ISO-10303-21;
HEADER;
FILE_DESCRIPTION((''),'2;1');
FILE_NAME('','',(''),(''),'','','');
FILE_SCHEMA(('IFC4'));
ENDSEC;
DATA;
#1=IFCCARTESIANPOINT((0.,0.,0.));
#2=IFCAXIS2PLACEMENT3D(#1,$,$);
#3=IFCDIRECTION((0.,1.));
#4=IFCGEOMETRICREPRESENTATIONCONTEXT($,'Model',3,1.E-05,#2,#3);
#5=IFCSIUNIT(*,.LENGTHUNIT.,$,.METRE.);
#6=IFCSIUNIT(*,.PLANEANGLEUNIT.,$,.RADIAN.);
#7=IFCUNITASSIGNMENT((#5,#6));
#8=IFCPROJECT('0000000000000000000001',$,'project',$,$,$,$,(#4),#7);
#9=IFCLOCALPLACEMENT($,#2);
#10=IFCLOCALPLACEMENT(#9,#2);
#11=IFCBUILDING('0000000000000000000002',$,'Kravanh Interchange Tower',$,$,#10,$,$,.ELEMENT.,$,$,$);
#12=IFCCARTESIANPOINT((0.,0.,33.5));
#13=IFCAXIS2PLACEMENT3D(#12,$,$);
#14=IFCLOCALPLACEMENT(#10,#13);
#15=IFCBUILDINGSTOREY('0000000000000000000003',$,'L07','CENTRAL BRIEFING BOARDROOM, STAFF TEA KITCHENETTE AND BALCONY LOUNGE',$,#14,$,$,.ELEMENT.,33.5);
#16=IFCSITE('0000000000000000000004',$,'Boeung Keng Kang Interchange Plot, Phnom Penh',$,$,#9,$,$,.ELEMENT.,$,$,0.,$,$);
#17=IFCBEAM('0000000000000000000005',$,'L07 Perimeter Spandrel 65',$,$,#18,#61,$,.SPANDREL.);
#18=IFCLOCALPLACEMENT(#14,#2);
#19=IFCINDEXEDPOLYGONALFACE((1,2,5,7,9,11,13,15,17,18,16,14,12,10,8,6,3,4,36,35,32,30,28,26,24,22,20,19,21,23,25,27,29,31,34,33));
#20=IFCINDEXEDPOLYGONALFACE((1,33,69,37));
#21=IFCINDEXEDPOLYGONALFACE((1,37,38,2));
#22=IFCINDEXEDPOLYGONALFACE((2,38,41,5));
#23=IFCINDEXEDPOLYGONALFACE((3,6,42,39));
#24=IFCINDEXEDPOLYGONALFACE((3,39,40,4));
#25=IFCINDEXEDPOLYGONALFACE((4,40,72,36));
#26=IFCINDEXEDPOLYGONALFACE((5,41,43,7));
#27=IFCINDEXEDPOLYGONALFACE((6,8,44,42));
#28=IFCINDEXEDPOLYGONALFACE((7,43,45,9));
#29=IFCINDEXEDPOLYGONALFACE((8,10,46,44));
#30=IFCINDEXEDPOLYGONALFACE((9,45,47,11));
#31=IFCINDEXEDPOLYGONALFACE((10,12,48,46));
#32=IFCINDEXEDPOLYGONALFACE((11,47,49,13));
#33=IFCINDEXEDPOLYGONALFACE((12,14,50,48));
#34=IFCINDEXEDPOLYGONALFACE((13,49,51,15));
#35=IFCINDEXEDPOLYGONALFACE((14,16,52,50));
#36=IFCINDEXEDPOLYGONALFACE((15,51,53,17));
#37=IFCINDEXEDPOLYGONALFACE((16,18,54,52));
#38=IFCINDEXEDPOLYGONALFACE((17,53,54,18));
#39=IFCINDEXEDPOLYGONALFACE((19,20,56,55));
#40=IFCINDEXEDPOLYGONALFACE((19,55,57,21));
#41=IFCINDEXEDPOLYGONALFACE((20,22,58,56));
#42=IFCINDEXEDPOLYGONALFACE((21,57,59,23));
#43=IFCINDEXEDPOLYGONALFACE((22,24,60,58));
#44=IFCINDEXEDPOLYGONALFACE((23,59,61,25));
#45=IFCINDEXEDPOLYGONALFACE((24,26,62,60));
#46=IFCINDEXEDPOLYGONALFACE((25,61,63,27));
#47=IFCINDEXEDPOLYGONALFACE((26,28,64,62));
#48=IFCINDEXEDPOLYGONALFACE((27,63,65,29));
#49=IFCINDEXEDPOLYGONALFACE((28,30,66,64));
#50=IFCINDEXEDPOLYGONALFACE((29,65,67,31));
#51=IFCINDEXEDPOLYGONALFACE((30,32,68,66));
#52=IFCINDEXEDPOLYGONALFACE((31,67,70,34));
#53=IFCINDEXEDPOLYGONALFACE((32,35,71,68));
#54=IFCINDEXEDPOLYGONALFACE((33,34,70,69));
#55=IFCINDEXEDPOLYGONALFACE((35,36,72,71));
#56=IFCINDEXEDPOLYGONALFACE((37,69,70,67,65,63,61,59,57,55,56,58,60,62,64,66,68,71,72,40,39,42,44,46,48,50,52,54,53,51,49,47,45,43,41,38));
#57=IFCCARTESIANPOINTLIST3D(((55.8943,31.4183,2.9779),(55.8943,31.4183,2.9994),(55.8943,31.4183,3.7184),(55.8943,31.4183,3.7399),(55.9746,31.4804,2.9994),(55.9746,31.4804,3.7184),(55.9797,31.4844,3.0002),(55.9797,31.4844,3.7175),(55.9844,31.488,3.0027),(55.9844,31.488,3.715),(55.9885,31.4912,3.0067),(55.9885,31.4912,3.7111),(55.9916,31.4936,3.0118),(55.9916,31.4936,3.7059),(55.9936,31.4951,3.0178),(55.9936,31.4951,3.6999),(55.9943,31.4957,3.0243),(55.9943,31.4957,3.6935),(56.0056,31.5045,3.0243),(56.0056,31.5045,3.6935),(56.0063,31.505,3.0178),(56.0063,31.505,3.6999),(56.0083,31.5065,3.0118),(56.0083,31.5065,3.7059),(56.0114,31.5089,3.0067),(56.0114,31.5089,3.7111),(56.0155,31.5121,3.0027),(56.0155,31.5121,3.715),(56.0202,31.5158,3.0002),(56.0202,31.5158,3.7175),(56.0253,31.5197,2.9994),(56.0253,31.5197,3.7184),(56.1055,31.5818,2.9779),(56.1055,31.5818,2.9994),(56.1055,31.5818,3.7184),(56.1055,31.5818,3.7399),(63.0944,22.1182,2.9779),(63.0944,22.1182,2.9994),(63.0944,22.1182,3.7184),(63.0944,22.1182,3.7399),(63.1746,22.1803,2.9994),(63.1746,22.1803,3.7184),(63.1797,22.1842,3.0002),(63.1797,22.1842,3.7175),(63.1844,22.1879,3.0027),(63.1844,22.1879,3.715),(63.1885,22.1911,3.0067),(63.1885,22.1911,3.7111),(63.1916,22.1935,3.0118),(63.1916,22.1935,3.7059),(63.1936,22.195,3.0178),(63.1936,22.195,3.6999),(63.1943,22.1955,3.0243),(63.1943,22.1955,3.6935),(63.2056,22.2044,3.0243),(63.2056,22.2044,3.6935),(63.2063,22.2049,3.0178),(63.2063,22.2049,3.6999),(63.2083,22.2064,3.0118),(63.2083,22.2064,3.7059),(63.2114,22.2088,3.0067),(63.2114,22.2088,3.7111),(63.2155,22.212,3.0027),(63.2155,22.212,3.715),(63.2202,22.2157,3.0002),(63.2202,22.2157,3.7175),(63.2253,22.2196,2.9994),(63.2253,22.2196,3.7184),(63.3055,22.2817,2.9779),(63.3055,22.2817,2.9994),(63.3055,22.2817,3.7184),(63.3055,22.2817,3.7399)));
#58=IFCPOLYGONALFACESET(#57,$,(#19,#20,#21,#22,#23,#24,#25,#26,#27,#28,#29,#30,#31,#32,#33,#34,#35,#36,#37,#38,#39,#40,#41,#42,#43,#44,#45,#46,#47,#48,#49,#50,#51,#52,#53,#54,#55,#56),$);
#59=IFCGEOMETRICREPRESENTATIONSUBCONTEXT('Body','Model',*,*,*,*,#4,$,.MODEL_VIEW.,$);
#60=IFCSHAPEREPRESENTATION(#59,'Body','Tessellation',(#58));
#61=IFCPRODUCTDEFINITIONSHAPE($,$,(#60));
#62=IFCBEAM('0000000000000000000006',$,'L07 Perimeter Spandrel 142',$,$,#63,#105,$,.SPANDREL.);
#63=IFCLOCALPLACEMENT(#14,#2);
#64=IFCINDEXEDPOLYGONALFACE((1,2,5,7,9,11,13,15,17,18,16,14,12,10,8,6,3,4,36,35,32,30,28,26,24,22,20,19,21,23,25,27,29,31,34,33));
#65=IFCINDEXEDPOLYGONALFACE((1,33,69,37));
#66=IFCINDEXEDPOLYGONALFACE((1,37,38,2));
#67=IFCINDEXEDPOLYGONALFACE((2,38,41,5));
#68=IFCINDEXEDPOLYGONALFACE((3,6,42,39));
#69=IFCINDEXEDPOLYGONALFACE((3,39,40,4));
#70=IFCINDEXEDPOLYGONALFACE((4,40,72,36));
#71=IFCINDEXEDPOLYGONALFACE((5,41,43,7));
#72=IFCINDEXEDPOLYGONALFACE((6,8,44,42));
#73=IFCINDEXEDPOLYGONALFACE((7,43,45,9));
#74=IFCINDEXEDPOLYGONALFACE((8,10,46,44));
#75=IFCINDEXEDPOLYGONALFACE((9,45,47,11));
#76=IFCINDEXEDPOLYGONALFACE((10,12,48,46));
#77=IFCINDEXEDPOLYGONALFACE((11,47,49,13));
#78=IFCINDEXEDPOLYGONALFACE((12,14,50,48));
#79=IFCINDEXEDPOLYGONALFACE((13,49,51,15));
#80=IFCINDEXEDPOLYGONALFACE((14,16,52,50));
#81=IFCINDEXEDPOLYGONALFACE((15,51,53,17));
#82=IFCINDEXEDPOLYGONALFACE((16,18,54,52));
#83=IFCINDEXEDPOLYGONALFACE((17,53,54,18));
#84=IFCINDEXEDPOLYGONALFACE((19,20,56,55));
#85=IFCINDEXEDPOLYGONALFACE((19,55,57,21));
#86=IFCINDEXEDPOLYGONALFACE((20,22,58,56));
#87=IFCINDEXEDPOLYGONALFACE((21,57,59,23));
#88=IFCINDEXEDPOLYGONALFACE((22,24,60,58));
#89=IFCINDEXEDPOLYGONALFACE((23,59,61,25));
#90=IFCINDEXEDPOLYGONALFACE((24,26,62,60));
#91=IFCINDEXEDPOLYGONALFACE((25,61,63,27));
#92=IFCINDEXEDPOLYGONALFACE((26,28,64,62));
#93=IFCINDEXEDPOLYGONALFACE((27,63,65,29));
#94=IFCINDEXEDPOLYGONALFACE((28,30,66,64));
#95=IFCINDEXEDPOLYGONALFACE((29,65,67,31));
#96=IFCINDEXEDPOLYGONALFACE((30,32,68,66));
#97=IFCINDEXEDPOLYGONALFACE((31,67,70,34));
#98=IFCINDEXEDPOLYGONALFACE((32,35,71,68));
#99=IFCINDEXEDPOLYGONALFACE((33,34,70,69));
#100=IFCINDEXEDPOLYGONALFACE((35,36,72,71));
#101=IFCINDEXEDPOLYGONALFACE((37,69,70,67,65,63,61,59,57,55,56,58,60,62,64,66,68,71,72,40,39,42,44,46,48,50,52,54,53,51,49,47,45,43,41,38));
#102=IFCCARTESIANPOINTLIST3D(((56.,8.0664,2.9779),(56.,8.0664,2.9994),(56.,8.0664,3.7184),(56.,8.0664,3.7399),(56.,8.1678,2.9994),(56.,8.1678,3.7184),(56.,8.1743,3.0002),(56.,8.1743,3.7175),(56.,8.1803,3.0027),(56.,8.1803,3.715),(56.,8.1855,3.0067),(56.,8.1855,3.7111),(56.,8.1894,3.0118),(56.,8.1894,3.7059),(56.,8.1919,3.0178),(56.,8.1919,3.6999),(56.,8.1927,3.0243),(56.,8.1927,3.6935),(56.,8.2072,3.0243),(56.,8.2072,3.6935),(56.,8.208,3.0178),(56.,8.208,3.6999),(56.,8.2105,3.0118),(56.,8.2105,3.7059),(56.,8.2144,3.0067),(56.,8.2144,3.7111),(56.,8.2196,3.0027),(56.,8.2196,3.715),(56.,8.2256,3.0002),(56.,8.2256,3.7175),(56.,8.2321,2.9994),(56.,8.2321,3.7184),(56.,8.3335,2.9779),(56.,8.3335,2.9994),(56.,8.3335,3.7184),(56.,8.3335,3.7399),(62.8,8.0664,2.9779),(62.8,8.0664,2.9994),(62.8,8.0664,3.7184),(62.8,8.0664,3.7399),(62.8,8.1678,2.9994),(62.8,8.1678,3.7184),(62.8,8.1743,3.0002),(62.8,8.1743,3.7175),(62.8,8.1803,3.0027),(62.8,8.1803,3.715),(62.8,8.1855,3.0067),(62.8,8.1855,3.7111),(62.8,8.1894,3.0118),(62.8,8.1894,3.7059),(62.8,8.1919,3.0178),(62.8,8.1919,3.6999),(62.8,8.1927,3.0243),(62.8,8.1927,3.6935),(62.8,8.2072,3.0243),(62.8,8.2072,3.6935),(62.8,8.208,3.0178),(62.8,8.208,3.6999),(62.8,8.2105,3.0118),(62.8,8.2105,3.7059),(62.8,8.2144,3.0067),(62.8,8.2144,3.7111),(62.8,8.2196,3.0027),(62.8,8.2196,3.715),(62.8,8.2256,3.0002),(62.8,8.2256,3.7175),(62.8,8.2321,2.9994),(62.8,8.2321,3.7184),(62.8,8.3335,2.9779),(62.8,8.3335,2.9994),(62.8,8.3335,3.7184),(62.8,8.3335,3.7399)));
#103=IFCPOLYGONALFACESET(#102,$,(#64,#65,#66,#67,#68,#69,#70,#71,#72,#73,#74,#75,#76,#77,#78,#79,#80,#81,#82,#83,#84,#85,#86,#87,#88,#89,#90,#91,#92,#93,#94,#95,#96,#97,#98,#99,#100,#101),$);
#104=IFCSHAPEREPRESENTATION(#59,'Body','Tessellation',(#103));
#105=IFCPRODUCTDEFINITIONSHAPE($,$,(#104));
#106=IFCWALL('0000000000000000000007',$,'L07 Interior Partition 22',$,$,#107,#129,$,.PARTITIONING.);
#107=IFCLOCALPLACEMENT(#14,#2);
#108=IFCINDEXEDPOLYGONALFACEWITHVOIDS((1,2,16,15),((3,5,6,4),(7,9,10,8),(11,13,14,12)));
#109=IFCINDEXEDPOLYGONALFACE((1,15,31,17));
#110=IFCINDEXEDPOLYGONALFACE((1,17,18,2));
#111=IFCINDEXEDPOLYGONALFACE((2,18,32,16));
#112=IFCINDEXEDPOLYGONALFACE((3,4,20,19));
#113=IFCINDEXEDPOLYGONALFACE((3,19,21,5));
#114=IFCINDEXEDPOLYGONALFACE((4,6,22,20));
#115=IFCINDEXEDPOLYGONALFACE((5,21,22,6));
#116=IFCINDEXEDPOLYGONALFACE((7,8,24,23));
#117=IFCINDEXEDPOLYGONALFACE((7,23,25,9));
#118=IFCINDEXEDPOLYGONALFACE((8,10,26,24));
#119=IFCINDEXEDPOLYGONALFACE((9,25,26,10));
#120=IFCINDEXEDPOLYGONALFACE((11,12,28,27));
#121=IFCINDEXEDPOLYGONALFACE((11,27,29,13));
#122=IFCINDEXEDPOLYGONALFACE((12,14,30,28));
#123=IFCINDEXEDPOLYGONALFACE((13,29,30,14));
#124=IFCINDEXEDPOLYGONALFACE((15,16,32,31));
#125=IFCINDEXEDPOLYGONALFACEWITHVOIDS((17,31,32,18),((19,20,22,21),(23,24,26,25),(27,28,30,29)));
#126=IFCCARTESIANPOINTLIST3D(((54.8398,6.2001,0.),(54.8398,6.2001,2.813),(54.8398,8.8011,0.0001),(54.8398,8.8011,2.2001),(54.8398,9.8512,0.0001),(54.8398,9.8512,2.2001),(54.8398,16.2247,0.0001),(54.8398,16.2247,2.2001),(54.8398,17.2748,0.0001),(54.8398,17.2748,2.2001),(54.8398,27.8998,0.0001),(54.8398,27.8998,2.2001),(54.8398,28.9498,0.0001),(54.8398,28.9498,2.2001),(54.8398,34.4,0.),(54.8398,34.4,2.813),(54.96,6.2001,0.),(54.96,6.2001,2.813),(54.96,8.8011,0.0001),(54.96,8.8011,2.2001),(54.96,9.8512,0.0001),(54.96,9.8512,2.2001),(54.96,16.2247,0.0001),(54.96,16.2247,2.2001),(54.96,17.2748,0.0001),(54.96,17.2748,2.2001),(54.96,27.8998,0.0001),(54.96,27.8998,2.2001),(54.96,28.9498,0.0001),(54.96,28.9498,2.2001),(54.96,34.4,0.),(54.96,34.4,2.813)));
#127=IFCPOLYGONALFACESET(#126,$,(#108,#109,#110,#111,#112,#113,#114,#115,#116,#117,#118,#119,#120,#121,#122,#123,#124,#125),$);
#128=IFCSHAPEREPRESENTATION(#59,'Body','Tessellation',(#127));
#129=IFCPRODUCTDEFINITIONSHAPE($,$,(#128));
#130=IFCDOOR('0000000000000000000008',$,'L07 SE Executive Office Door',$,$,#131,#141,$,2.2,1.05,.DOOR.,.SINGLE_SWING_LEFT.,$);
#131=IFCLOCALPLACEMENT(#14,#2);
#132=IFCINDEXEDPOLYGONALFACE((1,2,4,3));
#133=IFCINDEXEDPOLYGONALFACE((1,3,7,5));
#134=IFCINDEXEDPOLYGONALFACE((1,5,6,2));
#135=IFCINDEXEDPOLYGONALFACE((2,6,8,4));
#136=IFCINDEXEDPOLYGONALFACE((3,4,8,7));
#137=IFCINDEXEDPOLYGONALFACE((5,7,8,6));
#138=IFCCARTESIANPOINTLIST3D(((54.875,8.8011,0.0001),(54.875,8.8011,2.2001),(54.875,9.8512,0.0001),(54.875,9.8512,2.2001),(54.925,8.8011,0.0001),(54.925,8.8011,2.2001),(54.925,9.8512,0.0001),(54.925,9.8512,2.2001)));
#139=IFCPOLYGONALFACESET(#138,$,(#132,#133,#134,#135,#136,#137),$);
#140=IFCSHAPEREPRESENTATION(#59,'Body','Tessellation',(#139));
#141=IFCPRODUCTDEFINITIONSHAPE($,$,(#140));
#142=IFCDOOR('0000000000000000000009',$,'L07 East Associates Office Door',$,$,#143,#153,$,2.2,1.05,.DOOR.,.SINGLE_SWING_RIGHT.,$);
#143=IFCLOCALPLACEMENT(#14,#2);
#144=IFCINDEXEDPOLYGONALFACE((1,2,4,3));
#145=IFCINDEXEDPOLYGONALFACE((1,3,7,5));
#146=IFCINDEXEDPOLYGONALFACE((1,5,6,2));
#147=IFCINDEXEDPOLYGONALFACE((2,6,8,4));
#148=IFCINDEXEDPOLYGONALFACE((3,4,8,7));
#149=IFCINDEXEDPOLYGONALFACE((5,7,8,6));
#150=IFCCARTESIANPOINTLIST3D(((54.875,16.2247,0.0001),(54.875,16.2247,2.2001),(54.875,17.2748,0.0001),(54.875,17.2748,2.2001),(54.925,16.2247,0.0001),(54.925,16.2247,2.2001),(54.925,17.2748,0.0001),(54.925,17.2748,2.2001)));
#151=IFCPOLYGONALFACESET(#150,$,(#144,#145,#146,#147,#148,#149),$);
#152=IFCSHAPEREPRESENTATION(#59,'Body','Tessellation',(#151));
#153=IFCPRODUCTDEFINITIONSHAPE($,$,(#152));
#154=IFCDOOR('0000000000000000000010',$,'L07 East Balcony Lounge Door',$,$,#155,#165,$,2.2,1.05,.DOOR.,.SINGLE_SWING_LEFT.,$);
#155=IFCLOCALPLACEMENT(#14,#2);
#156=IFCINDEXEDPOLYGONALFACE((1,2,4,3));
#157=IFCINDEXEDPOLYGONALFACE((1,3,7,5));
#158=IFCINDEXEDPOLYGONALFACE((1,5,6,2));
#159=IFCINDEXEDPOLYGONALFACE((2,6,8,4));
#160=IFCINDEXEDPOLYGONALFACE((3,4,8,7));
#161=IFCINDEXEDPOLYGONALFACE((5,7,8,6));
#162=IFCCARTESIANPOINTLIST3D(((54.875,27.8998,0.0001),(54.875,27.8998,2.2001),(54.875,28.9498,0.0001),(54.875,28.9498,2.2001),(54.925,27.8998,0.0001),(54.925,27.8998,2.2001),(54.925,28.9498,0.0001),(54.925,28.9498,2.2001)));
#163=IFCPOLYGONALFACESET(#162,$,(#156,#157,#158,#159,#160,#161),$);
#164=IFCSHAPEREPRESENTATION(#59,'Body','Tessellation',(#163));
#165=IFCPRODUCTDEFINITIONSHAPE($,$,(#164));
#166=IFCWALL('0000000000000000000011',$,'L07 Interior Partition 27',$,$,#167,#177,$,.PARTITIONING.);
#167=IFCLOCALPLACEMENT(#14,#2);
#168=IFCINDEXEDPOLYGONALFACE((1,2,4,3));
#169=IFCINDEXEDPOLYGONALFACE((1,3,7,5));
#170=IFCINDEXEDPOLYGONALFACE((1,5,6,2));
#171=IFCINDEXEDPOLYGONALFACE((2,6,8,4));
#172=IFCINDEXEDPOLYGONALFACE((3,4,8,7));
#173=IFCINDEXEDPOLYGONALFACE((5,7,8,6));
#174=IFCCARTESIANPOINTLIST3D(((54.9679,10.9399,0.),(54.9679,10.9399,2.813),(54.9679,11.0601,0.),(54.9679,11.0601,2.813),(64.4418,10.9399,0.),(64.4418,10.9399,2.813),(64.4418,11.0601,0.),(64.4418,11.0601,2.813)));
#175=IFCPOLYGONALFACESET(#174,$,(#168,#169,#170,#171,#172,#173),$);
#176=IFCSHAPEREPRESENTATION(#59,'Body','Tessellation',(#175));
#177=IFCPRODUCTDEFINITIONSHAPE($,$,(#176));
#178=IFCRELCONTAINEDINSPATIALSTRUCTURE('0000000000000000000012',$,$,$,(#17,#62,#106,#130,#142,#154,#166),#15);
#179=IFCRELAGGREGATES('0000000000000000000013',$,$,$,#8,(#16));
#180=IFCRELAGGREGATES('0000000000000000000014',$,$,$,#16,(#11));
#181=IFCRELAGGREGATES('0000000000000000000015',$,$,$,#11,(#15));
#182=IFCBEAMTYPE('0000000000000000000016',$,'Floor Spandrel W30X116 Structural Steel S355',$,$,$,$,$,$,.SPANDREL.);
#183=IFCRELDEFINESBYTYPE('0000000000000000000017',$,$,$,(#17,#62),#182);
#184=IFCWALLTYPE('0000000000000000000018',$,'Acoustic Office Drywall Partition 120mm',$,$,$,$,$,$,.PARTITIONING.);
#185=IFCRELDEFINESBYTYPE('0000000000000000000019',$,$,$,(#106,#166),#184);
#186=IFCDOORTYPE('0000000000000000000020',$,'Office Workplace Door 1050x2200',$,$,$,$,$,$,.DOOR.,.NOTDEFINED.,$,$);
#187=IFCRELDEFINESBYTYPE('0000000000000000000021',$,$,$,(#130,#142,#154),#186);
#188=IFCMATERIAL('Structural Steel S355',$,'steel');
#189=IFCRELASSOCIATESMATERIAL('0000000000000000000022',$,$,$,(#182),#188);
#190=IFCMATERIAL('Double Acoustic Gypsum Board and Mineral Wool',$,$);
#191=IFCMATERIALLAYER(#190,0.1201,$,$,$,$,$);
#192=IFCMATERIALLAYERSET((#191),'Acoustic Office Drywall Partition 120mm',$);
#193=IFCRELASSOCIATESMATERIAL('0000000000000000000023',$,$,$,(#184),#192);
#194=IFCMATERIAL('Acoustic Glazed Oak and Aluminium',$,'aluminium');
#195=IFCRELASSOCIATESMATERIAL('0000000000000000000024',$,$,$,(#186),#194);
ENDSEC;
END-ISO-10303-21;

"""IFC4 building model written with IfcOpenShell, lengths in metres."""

from ifc_helpers import new_model, si_unit, direction, frame, frame_2d, origin, origin_2d, place, context, subcontext, project, spatial, rectangle, i_section, extrude, material, layer, layer_set, material_profile, profile_set, type_object, element, fill, save


model = new_model("IFC4")

# Units and contexts
model_context = context("Model", 3, precision=1e-05, world=origin(), true_north=direction((0.0, 1.0)))
body_context = subcontext(model_context, "Body", "Model", "MODEL_VIEW")
ifc_project = project(units=[si_unit("LENGTHUNIT", "METRE"), si_unit("PLANEANGLEUNIT", "RADIAN")], contexts=[model_context])

# Site, building, storey
site_placement = place(None, origin())
site = spatial("IfcSite", under=ifc_project, at=site_placement, Name="Boeung Keng Kang Interchange Plot, Phnom Penh", CompositionType="ELEMENT", RefElevation=0.0)
building_placement = place(site_placement, origin())
building = spatial("IfcBuilding", under=site, at=building_placement, Name="Kravanh Interchange Tower", CompositionType="ELEMENT")
storey_placement = place(building_placement, frame((0.0, 0.0, 33.5)))
storey = spatial("IfcBuildingStorey", under=building, at=storey_placement, Name="L07", Description="CENTRAL BRIEFING BOARDROOM, STAFF TEA KITCHENETTE AND BALCONY LOUNGE", CompositionType="ELEMENT", Elevation=33.5)

# Beams
ifc_material_1 = material(Name="Structural Steel S355", Category="steel")
ifc_material_profile_1 = material_profile(ifc_material_1, i_section(OverallWidth=0.2671, OverallDepth=0.762, WebThickness=0.0144, FlangeThickness=0.0215, FilletRadius=0.0249, at=origin_2d()), Name="W30X116")
ifc_profile_set_1 = profile_set([ifc_material_profile_1], Name="Structural Steel S355")
beam_type_1 = type_object("IfcBeamType", Name="Floor Spandrel W30X116 Structural Steel S355", PredefinedType="SPANDREL", material=ifc_profile_set_1)
beam_1_placement = place(storey_placement, frame((63.2, 22.2, 3.3589), z_axis=(-0.612169, 0.790727, 0.0), x_axis=(-0.790727, -0.612169, 0.0)))
element("IfcBeam", 1, at=beam_1_placement, inside=storey, type_object=beam_type_1, Name="L07 Perimeter Spandrel 65", PredefinedType="SPANDREL", context=body_context, shape_type="SweptSolid", body=[
    extrude(i_section(OverallWidth=0.2671, OverallDepth=0.762, WebThickness=0.0144, FlangeThickness=0.0215, FilletRadius=0.0249, at=origin_2d()), origin(), (0.0, 0.0, 1.0), 11.7615),
])
beam_2_placement = place(storey_placement, frame((56.0, 8.2, 3.3589), z_axis=(1.0, 0.0, 0.0), x_axis=(0.0, 1.0, 0.0)))
element("IfcBeam", 2, at=beam_2_placement, inside=storey, type_object=beam_type_1, Name="L07 Perimeter Spandrel 142", PredefinedType="SPANDREL", context=body_context, shape_type="SweptSolid", body=[
    extrude(i_section(OverallWidth=0.2671, OverallDepth=0.762, WebThickness=0.0144, FlangeThickness=0.0215, FilletRadius=0.0249, at=origin_2d()), origin(), (0.0, 0.0, 1.0), 6.8),
])

# Wall, openings, doors
ifc_material_2 = material(Name="Double Acoustic Gypsum Board and Mineral Wool")
ifc_layer_1 = layer(ifc_material_2, 0.1201)
ifc_layer_set_1 = layer_set([ifc_layer_1], Name="Acoustic Office Drywall Partition 120mm")
wall_type = type_object("IfcWallType", Name="Acoustic Office Drywall Partition 120mm", PredefinedType="PARTITIONING", material=ifc_layer_set_1)
wall_1_placement = place(storey_placement, frame((54.8999, 6.2, 0.0), z_axis=(0.0, 0.0, 1.0), x_axis=(0.0, 1.0, 0.0)))
wall_1 = element("IfcWall", 3, at=wall_1_placement, inside=storey, type_object=wall_type, Name="L07 Interior Partition 22", PredefinedType="PARTITIONING", context=body_context, shape_type="SweptSolid", body=[
    extrude(rectangle(XDim=28.2, YDim=0.1201, at=frame_2d((14.1001, 0.0))), origin(), (0.0, 0.0, 1.0), 2.813),
])
opening_1_placement = place(wall_1_placement, frame((2.6013, 0.0, 0.0)))
opening_1 = element("IfcOpeningElement", 4, at=opening_1_placement, cuts=wall_1, PredefinedType="OPENING", context=body_context, shape_type="SweptSolid", body=[
    extrude(rectangle(XDim=1.05, YDim=2.2, at=frame_2d((0.5249, 1.1001))), frame((0.0, 0.0701, 0.0), z_axis=(0.0, -1.0, 0.0), x_axis=(1.0, 0.0, 0.0)), (0.0, 0.0, 1.0), 0.1401),
])
opening_2_placement = place(wall_1_placement, frame((10.0249, 0.0, 0.0)))
opening_2 = element("IfcOpeningElement", 5, at=opening_2_placement, cuts=wall_1, PredefinedType="OPENING", context=body_context, shape_type="SweptSolid", body=[
    extrude(rectangle(XDim=1.05, YDim=2.2, at=frame_2d((0.5249, 1.1001))), frame((0.0, 0.0701, 0.0), z_axis=(0.0, -1.0, 0.0), x_axis=(1.0, 0.0, 0.0)), (0.0, 0.0, 1.0), 0.1401),
])
opening_3_placement = place(wall_1_placement, frame((21.7, 0.0, 0.0)))
opening_3 = element("IfcOpeningElement", 6, at=opening_3_placement, cuts=wall_1, PredefinedType="OPENING", context=body_context, shape_type="SweptSolid", body=[
    extrude(rectangle(XDim=1.05, YDim=2.2, at=frame_2d((0.5249, 1.1001))), frame((0.0, 0.0701, 0.0), z_axis=(0.0, -1.0, 0.0), x_axis=(1.0, 0.0, 0.0)), (0.0, 0.0, 1.0), 0.1401),
])
ifc_material_3 = material(Name="Acoustic Glazed Oak and Aluminium", Category="aluminium")
door_type = type_object("IfcDoorType", Name="Office Workplace Door 1050x2200", OperationType="NOTDEFINED", PredefinedType="DOOR", material=ifc_material_3)
door_1_placement = place(opening_1_placement, origin())
door_1 = element("IfcDoor", 7, at=door_1_placement, inside=storey, type_object=door_type, Name="L07 SE Executive Office Door", OperationType="SINGLE_SWING_LEFT", OverallHeight=2.2, OverallWidth=1.05, PredefinedType="DOOR", context=body_context, shape_type="SweptSolid", body=[
    extrude(rectangle(XDim=1.05, YDim=2.2, at=frame_2d((0.5249, 1.1001))), frame((0.0, 0.0249, 0.0), z_axis=(0.0, -1.0, 0.0), x_axis=(1.0, 0.0, 0.0)), (0.0, 0.0, 1.0), 0.05),
])
fill(opening_1, door_1)
door_2_placement = place(opening_2_placement, origin())
door_2 = element("IfcDoor", 8, at=door_2_placement, inside=storey, type_object=door_type, Name="L07 East Associates Office Door", OperationType="SINGLE_SWING_RIGHT", OverallHeight=2.2, OverallWidth=1.05, PredefinedType="DOOR", context=body_context, shape_type="SweptSolid", body=[
    extrude(rectangle(XDim=1.05, YDim=2.2, at=frame_2d((0.5249, 1.1001))), frame((0.0, 0.0249, 0.0), z_axis=(0.0, -1.0, 0.0), x_axis=(1.0, 0.0, 0.0)), (0.0, 0.0, 1.0), 0.05),
])
fill(opening_2, door_2)
door_3_placement = place(opening_3_placement, origin())
door_3 = element("IfcDoor", 9, at=door_3_placement, inside=storey, type_object=door_type, Name="L07 East Balcony Lounge Door", OperationType="SINGLE_SWING_LEFT", OverallHeight=2.2, OverallWidth=1.05, PredefinedType="DOOR", context=body_context, shape_type="SweptSolid", body=[
    extrude(rectangle(XDim=1.05, YDim=2.2, at=frame_2d((0.5249, 1.1001))), frame((0.0, 0.0249, 0.0), z_axis=(0.0, -1.0, 0.0), x_axis=(1.0, 0.0, 0.0)), (0.0, 0.0, 1.0), 0.05),
])
fill(opening_3, door_3)

# Wall
wall_2_placement = place(storey_placement, frame((54.968, 11.0, 0.0), z_axis=(0.0, 0.0, 1.0), x_axis=(1.0, 0.0, 0.0)))
element("IfcWall", 10, at=wall_2_placement, inside=storey, type_object=wall_type, Name="L07 Interior Partition 27", PredefinedType="PARTITIONING", context=body_context, shape_type="SweptSolid", body=[
    extrude(rectangle(XDim=9.4739, YDim=0.1201, at=frame_2d((4.7368, 0.0))), origin(), (0.0, 0.0, 1.0), 2.813),
])

save(model, "model.ifc")
